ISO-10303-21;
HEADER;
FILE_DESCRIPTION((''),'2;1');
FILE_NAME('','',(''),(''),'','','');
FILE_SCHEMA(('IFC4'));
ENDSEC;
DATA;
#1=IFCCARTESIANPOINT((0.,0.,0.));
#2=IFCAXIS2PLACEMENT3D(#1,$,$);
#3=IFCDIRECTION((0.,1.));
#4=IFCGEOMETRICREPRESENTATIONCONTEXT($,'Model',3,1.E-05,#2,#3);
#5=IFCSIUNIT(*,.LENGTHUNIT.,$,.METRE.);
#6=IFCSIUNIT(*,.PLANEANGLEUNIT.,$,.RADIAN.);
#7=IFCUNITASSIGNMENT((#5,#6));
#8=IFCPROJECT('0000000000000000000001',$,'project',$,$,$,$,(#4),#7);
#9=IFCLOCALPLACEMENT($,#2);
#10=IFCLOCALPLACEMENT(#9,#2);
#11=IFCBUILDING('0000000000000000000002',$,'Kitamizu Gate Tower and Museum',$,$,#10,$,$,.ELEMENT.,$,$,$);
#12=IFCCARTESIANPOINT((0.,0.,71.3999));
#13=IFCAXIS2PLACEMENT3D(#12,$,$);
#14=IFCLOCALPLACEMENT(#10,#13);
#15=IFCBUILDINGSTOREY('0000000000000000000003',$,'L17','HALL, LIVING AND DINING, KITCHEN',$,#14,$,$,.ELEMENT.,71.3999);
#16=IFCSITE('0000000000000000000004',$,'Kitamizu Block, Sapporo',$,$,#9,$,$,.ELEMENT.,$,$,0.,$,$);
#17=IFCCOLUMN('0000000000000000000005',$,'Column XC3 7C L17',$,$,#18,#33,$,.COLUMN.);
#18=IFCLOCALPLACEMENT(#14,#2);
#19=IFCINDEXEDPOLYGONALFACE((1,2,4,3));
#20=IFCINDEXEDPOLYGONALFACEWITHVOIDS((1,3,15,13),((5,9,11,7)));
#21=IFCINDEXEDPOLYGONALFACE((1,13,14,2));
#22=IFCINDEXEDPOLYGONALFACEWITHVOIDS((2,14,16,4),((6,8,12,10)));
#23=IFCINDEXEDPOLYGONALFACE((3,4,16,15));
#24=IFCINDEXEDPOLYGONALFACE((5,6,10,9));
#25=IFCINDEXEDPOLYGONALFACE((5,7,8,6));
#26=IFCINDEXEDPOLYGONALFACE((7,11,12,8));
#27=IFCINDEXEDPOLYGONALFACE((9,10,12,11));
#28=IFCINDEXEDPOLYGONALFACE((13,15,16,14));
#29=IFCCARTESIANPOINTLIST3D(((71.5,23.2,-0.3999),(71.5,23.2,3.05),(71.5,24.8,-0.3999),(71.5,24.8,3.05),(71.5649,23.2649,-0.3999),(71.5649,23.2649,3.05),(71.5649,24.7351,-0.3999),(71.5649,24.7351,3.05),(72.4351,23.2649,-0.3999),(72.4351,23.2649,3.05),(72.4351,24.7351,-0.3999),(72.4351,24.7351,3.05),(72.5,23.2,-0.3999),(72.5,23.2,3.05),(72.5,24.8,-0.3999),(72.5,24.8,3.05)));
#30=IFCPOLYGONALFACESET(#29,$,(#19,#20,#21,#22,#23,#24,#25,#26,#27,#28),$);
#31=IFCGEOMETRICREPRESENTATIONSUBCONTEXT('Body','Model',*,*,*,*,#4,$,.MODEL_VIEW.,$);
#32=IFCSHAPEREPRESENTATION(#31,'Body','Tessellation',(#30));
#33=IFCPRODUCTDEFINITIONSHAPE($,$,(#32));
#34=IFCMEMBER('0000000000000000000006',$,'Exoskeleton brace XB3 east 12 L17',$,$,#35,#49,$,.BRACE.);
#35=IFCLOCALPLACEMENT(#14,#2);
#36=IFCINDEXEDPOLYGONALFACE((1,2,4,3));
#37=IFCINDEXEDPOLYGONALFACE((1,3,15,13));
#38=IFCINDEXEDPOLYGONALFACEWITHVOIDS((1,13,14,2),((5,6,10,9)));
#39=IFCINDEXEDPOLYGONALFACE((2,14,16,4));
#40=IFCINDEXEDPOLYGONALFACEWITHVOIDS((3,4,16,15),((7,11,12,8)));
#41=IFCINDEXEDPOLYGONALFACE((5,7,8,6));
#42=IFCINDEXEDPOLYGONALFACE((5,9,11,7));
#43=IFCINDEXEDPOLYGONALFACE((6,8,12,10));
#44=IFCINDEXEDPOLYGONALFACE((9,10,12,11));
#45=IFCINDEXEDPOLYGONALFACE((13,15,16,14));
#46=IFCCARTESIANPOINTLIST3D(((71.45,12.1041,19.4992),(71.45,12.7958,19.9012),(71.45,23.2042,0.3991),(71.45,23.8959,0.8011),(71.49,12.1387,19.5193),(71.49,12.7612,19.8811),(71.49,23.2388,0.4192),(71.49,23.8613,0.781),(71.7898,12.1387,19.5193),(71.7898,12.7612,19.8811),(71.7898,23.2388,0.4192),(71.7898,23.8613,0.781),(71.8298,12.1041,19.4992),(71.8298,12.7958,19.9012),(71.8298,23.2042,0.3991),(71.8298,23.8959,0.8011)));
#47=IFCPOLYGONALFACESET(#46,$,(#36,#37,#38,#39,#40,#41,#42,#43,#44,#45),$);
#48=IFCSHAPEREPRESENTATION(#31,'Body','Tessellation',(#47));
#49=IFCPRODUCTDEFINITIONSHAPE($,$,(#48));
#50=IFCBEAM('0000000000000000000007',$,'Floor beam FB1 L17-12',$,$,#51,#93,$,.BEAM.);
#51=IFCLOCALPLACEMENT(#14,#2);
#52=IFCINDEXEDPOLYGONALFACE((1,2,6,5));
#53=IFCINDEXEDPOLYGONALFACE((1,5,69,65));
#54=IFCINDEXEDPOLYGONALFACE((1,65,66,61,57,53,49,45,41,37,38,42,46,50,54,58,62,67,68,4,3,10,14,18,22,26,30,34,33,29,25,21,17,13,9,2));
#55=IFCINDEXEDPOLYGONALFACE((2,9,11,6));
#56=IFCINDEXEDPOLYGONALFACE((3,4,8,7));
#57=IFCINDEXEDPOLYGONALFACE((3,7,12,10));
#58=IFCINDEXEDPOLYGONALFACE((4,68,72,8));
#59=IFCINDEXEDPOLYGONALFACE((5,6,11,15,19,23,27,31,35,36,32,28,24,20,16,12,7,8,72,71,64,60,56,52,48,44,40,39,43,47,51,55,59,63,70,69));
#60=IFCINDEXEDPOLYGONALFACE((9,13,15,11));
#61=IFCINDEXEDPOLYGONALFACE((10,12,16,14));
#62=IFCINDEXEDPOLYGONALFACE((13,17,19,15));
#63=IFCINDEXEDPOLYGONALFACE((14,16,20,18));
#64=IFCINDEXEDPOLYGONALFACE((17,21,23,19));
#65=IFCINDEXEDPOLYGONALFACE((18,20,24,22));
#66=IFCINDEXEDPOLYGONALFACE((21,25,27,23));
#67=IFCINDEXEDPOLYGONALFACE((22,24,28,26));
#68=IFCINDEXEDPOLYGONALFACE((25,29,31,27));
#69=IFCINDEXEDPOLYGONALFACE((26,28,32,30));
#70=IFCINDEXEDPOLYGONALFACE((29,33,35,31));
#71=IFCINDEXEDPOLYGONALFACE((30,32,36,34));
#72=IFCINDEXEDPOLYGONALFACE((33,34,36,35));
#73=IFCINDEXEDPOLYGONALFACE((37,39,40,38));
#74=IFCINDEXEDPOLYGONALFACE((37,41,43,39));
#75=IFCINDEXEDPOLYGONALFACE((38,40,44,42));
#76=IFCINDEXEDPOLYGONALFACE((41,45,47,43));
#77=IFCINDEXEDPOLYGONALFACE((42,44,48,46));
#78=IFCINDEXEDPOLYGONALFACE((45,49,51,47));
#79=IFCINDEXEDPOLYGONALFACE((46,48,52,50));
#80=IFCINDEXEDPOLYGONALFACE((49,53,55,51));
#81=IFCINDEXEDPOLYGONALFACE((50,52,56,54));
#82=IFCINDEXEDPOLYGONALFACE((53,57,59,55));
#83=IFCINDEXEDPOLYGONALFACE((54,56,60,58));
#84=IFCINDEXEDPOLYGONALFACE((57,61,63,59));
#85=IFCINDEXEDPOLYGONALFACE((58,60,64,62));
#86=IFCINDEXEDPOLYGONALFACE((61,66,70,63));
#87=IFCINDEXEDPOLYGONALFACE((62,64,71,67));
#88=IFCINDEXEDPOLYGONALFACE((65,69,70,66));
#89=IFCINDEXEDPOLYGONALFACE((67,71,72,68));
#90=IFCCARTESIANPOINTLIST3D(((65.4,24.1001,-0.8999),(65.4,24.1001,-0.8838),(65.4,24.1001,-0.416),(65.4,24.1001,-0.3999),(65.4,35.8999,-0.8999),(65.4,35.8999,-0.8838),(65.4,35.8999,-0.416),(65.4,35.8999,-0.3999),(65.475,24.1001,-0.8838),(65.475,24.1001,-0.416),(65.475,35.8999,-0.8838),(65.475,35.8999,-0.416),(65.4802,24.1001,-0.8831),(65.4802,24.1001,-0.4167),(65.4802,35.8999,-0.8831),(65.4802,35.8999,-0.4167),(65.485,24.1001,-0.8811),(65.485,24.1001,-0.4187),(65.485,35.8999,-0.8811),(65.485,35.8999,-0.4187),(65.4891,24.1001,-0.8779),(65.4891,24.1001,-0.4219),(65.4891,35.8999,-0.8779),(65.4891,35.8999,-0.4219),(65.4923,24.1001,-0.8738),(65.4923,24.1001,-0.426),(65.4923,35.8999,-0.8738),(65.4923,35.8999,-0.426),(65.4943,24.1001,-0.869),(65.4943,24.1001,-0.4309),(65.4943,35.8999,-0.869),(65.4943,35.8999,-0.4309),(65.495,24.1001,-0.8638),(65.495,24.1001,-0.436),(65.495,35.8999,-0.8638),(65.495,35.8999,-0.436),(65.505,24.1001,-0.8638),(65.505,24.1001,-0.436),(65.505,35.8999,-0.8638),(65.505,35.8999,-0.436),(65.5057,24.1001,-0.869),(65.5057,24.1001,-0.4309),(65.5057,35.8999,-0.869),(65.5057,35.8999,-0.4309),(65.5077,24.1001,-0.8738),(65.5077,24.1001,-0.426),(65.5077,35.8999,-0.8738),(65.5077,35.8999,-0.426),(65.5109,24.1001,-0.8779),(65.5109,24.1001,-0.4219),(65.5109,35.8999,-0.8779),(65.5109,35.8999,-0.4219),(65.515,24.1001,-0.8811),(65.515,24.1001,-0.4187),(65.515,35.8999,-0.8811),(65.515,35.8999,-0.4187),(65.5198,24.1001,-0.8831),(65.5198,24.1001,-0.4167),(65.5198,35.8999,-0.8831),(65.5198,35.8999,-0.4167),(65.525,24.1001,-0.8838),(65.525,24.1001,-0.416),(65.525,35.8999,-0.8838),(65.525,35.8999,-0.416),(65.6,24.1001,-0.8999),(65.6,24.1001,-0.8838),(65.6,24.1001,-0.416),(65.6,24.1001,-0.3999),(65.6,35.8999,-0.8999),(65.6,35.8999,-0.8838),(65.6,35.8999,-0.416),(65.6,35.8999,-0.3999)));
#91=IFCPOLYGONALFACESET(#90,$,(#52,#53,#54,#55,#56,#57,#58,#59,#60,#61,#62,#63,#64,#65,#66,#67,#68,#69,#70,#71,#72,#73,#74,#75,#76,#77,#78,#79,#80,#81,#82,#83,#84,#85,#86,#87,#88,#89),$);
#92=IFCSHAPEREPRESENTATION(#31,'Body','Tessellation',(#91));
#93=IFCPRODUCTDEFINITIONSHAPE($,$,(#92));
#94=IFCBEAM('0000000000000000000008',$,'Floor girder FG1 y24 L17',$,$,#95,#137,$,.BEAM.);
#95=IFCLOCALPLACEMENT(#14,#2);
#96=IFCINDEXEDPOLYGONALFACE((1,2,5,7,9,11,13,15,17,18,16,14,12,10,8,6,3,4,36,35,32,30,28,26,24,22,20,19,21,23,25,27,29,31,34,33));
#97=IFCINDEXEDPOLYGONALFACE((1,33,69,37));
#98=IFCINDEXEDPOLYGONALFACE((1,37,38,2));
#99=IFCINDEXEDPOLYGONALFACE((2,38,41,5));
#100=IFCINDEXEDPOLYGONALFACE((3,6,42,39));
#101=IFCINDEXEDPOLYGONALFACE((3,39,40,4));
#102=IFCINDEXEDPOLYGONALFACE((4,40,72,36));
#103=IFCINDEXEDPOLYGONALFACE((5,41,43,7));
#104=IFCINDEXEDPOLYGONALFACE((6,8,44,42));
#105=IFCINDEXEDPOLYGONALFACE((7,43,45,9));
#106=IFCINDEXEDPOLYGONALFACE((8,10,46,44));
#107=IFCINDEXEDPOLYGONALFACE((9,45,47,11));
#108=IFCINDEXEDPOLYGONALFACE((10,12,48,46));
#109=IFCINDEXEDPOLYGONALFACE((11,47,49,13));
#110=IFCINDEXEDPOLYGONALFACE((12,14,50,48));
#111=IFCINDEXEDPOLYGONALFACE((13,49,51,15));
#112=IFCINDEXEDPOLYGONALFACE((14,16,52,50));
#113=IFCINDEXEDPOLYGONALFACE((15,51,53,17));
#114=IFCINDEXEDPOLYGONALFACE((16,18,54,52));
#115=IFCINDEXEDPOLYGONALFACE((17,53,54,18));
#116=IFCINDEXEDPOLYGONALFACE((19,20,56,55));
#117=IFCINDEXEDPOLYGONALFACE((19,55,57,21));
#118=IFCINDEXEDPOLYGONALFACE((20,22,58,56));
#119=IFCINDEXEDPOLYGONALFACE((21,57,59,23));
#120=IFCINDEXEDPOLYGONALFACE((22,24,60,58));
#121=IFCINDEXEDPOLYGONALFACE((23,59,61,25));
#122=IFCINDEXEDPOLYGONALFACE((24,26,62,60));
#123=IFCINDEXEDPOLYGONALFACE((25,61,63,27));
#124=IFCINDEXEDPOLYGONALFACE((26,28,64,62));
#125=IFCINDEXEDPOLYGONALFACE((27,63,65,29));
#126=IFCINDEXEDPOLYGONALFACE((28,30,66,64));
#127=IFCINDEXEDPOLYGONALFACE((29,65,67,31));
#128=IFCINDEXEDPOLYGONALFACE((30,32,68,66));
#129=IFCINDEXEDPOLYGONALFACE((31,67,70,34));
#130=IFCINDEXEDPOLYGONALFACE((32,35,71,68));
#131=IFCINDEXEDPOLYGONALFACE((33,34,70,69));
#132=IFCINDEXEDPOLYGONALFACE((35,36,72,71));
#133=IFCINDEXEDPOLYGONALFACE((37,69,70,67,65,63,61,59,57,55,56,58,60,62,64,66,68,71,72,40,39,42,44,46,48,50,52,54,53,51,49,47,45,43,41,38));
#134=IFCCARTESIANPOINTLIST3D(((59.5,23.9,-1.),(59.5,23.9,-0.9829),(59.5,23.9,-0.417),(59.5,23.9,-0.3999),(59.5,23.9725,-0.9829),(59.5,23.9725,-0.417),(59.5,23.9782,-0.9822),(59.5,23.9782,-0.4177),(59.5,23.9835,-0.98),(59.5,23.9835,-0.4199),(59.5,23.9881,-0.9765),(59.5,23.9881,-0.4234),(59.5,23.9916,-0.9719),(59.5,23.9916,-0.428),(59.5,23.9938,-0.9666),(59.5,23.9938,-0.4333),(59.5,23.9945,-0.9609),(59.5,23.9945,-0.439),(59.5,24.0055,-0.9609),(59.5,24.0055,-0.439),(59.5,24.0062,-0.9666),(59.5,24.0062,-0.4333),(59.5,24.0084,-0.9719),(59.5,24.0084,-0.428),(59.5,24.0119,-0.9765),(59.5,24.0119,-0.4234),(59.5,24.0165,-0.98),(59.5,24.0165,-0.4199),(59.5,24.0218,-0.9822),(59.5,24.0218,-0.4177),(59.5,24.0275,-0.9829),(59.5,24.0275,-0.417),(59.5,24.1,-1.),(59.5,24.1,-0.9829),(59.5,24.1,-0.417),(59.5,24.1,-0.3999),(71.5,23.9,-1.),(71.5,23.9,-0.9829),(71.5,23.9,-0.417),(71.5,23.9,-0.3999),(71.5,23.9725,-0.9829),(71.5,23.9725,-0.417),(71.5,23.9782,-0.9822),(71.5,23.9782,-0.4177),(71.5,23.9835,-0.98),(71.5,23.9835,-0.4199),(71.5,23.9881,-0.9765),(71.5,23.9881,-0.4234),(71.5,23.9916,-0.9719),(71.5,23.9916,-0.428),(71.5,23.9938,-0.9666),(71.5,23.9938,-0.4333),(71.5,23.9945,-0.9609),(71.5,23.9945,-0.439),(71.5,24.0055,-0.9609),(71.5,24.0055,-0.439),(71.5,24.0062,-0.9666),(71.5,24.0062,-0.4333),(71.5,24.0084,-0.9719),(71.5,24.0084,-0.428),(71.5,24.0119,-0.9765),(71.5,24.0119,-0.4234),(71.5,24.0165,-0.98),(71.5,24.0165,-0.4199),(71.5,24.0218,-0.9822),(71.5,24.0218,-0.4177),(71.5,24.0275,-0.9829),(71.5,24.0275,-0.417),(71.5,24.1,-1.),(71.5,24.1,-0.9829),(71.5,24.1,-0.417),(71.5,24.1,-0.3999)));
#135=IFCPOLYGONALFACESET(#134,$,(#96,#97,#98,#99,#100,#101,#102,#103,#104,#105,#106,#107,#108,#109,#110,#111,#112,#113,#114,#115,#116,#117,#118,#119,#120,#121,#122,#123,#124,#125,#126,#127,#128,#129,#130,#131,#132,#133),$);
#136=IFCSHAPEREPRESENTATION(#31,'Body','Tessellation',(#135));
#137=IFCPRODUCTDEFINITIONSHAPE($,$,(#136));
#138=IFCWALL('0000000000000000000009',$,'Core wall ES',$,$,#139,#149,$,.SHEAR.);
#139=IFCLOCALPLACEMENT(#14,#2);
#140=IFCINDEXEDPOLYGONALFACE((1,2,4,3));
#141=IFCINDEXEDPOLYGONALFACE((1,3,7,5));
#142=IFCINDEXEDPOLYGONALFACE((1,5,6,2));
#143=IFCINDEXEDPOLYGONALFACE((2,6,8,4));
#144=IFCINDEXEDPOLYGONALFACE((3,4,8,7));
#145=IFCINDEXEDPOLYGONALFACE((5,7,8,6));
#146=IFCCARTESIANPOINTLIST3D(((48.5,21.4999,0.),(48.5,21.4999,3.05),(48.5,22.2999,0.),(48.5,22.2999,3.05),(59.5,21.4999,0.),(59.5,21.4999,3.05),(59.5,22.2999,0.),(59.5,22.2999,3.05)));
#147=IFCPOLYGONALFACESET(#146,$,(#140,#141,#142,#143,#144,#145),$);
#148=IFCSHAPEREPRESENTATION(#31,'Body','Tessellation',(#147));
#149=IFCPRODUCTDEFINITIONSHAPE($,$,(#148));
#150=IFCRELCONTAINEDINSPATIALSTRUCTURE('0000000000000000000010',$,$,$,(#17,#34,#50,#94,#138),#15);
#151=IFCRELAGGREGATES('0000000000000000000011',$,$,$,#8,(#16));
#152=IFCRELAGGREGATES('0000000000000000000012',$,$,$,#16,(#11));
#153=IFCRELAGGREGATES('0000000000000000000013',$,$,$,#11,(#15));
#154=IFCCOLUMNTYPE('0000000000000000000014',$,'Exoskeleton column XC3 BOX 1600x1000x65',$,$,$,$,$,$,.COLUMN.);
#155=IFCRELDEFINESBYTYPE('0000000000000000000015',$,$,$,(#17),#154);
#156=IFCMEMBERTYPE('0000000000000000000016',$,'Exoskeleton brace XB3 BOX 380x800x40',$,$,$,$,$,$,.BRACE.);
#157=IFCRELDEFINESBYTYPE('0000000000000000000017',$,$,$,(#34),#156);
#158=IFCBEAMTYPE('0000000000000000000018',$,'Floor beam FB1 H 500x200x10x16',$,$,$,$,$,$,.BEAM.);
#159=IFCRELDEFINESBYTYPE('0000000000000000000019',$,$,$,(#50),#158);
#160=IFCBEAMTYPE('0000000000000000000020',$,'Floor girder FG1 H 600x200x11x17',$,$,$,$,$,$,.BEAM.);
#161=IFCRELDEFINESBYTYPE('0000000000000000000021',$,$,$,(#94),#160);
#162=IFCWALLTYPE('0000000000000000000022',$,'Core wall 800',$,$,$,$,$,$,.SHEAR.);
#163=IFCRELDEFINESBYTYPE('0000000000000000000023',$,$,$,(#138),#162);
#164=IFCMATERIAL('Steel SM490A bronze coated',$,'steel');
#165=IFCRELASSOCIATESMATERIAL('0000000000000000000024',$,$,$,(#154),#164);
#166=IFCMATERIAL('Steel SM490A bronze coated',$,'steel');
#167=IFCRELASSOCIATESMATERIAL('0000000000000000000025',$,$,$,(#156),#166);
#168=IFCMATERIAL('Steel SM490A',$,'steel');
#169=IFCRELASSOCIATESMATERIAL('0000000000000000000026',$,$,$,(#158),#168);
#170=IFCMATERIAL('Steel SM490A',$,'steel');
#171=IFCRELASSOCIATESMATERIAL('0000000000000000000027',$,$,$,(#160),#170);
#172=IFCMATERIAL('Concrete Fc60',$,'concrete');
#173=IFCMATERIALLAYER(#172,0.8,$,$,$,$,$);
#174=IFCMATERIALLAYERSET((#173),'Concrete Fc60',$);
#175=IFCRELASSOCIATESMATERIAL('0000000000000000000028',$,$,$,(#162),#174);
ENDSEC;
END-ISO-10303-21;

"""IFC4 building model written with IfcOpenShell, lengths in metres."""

from ifc_helpers import new_model, si_unit, direction, frame, frame_2d, origin, origin_2d, place, context, subcontext, project, spatial, rectangle, hollow_rectangle, i_section, extrude, material, layer, layer_set, material_profile, profile_set, type_object, element, save


model = new_model("IFC4")

# Units and contexts
model_context = context("Model", 3, precision=1e-05, world=origin(), true_north=direction((0.0, 1.0)))
body_context = subcontext(model_context, "Body", "Model", "MODEL_VIEW")
ifc_project = project(units=[si_unit("LENGTHUNIT", "METRE"), si_unit("PLANEANGLEUNIT", "RADIAN")], contexts=[model_context])

# Site, building, storey
site_placement = place(None, origin())
site = spatial("IfcSite", under=ifc_project, at=site_placement, Name="Kitamizu Block, Sapporo", CompositionType="ELEMENT", RefElevation=0.0)
building_placement = place(site_placement, origin())
building = spatial("IfcBuilding", under=site, at=building_placement, Name="Kitamizu Gate Tower and Museum", CompositionType="ELEMENT")
storey_placement = place(building_placement, frame((0.0, 0.0, 71.3999)))
storey = spatial("IfcBuildingStorey", under=building, at=storey_placement, Name="L17", Description="HALL, LIVING AND DINING, KITCHEN", CompositionType="ELEMENT", Elevation=71.3999)

# Column
ifc_material_1 = material(Name="Steel SM490A bronze coated", Category="steel")
ifc_material_profile_1 = material_profile(ifc_material_1, hollow_rectangle(XDim=1.6001, YDim=1.0, WallThickness=0.0649, at=origin_2d()), Name="BOX 1600x1000x65")
ifc_profile_set_1 = profile_set([ifc_material_profile_1], Name="Steel SM490A bronze coated")
column_type = type_object("IfcColumnType", Name="Exoskeleton column XC3 BOX 1600x1000x65", PredefinedType="COLUMN", material=ifc_profile_set_1)
column_placement = place(storey_placement, frame((72.0, 24.0, -0.3999), z_axis=(0.0, 0.0, 1.0), x_axis=(0.0, 1.0, 0.0)))
element("IfcColumn", 1, at=column_placement, inside=storey, type_object=column_type, Name="Column XC3 7C L17", PredefinedType="COLUMN", context=body_context, shape_type="SweptSolid", body=[
    extrude(hollow_rectangle(XDim=1.6001, YDim=1.0, WallThickness=0.0649, at=origin_2d()), origin(), (0.0, 0.0, 1.0), 3.45),
])

# Member
ifc_material_2 = material(Name="Steel SM490A bronze coated", Category="steel")
ifc_material_profile_2 = material_profile(ifc_material_2, hollow_rectangle(XDim=0.3799, YDim=0.8, WallThickness=0.04, at=origin_2d()), Name="BOX 380x800x40")
ifc_profile_set_2 = profile_set([ifc_material_profile_2], Name="Steel SM490A bronze coated")
member_type = type_object("IfcMemberType", Name="Exoskeleton brace XB3 BOX 380x800x40", PredefinedType="BRACE", material=ifc_profile_set_2)
member_placement = place(storey_placement, frame((71.6399, 23.55, 0.6001), z_axis=(0.0, -0.502464, 0.864598), x_axis=(1.0, 0.0, 0.0)))
element("IfcMember", 2, at=member_placement, inside=storey, type_object=member_type, Name="Exoskeleton brace XB3 east 12 L17", PredefinedType="BRACE", context=body_context, shape_type="SweptSolid", body=[
    extrude(hollow_rectangle(XDim=0.3799, YDim=0.8, WallThickness=0.04, at=origin_2d()), origin(), (0.0, 0.0, 1.0), 22.0913),
])

# Beams
ifc_material_3 = material(Name="Steel SM490A", Category="steel")
ifc_material_profile_3 = material_profile(ifc_material_3, i_section(OverallWidth=0.2, OverallDepth=0.5, WebThickness=0.01, FlangeThickness=0.0161, FilletRadius=0.02, at=origin_2d()), Name="H-500x200x10x16")
ifc_profile_set_3 = profile_set([ifc_material_profile_3], Name="Steel SM490A")
beam_type_1 = type_object("IfcBeamType", Name="Floor beam FB1 H 500x200x10x16", PredefinedType="BEAM", material=ifc_profile_set_3)
beam_1_placement = place(storey_placement, frame((65.5, 24.1001, -0.6499), z_axis=(0.0, 1.0, 0.0), x_axis=(-1.0, 0.0, 0.0)))
element("IfcBeam", 3, at=beam_1_placement, inside=storey, type_object=beam_type_1, Name="Floor beam FB1 L17-12", PredefinedType="BEAM", context=body_context, shape_type="SweptSolid", body=[
    extrude(i_section(OverallWidth=0.2, OverallDepth=0.5, WebThickness=0.01, FlangeThickness=0.0161, FilletRadius=0.02, at=origin_2d()), origin(), (0.0, 0.0, 1.0), 11.7998),
])
ifc_material_4 = material(Name="Steel SM490A", Category="steel")
ifc_material_profile_4 = material_profile(ifc_material_4, i_section(OverallWidth=0.2, OverallDepth=0.6001, WebThickness=0.011, FlangeThickness=0.0171, FilletRadius=0.022, at=origin_2d()), Name="H-600x200x11x17")
ifc_profile_set_4 = profile_set([ifc_material_profile_4], Name="Steel SM490A")
beam_type_2 = type_object("IfcBeamType", Name="Floor girder FG1 H 600x200x11x17", PredefinedType="BEAM", material=ifc_profile_set_4)
beam_2_placement = place(storey_placement, frame((59.5, 24.0, -0.7), z_axis=(1.0, 0.0, 0.0), x_axis=(0.0, 1.0, 0.0)))
element("IfcBeam", 4, at=beam_2_placement, inside=storey, type_object=beam_type_2, Name="Floor girder FG1 y24 L17", PredefinedType="BEAM", context=body_context, shape_type="SweptSolid", body=[
    extrude(i_section(OverallWidth=0.2, OverallDepth=0.6001, WebThickness=0.011, FlangeThickness=0.0171, FilletRadius=0.022, at=origin_2d()), origin(), (0.0, 0.0, 1.0), 12.0),
])

# Wall
ifc_material_5 = material(Name="Concrete Fc60", Category="concrete")
ifc_layer_1 = layer(ifc_material_5, 0.8)
ifc_layer_set_1 = layer_set([ifc_layer_1], Name="Concrete Fc60")
wall_type_1 = type_object("IfcWallType", Name="Core wall 800", PredefinedType="SHEAR", material=ifc_layer_set_1)
wall_1_placement = place(storey_placement, frame((59.5, 21.8999, 0.0), z_axis=(0.0, 0.0, 1.0), x_axis=(-1.0, 0.0, 0.0)))
element("IfcWall", 5, at=wall_1_placement, inside=storey, type_object=wall_type_1, Name="Core wall ES", PredefinedType="SHEAR", context=body_context, shape_type="SweptSolid", body=[
    extrude(rectangle(XDim=11.0, YDim=0.8, at=frame_2d((5.5, 0.0))), origin(), (0.0, 0.0, 1.0), 3.05),
])

save(model, "model.ifc")
